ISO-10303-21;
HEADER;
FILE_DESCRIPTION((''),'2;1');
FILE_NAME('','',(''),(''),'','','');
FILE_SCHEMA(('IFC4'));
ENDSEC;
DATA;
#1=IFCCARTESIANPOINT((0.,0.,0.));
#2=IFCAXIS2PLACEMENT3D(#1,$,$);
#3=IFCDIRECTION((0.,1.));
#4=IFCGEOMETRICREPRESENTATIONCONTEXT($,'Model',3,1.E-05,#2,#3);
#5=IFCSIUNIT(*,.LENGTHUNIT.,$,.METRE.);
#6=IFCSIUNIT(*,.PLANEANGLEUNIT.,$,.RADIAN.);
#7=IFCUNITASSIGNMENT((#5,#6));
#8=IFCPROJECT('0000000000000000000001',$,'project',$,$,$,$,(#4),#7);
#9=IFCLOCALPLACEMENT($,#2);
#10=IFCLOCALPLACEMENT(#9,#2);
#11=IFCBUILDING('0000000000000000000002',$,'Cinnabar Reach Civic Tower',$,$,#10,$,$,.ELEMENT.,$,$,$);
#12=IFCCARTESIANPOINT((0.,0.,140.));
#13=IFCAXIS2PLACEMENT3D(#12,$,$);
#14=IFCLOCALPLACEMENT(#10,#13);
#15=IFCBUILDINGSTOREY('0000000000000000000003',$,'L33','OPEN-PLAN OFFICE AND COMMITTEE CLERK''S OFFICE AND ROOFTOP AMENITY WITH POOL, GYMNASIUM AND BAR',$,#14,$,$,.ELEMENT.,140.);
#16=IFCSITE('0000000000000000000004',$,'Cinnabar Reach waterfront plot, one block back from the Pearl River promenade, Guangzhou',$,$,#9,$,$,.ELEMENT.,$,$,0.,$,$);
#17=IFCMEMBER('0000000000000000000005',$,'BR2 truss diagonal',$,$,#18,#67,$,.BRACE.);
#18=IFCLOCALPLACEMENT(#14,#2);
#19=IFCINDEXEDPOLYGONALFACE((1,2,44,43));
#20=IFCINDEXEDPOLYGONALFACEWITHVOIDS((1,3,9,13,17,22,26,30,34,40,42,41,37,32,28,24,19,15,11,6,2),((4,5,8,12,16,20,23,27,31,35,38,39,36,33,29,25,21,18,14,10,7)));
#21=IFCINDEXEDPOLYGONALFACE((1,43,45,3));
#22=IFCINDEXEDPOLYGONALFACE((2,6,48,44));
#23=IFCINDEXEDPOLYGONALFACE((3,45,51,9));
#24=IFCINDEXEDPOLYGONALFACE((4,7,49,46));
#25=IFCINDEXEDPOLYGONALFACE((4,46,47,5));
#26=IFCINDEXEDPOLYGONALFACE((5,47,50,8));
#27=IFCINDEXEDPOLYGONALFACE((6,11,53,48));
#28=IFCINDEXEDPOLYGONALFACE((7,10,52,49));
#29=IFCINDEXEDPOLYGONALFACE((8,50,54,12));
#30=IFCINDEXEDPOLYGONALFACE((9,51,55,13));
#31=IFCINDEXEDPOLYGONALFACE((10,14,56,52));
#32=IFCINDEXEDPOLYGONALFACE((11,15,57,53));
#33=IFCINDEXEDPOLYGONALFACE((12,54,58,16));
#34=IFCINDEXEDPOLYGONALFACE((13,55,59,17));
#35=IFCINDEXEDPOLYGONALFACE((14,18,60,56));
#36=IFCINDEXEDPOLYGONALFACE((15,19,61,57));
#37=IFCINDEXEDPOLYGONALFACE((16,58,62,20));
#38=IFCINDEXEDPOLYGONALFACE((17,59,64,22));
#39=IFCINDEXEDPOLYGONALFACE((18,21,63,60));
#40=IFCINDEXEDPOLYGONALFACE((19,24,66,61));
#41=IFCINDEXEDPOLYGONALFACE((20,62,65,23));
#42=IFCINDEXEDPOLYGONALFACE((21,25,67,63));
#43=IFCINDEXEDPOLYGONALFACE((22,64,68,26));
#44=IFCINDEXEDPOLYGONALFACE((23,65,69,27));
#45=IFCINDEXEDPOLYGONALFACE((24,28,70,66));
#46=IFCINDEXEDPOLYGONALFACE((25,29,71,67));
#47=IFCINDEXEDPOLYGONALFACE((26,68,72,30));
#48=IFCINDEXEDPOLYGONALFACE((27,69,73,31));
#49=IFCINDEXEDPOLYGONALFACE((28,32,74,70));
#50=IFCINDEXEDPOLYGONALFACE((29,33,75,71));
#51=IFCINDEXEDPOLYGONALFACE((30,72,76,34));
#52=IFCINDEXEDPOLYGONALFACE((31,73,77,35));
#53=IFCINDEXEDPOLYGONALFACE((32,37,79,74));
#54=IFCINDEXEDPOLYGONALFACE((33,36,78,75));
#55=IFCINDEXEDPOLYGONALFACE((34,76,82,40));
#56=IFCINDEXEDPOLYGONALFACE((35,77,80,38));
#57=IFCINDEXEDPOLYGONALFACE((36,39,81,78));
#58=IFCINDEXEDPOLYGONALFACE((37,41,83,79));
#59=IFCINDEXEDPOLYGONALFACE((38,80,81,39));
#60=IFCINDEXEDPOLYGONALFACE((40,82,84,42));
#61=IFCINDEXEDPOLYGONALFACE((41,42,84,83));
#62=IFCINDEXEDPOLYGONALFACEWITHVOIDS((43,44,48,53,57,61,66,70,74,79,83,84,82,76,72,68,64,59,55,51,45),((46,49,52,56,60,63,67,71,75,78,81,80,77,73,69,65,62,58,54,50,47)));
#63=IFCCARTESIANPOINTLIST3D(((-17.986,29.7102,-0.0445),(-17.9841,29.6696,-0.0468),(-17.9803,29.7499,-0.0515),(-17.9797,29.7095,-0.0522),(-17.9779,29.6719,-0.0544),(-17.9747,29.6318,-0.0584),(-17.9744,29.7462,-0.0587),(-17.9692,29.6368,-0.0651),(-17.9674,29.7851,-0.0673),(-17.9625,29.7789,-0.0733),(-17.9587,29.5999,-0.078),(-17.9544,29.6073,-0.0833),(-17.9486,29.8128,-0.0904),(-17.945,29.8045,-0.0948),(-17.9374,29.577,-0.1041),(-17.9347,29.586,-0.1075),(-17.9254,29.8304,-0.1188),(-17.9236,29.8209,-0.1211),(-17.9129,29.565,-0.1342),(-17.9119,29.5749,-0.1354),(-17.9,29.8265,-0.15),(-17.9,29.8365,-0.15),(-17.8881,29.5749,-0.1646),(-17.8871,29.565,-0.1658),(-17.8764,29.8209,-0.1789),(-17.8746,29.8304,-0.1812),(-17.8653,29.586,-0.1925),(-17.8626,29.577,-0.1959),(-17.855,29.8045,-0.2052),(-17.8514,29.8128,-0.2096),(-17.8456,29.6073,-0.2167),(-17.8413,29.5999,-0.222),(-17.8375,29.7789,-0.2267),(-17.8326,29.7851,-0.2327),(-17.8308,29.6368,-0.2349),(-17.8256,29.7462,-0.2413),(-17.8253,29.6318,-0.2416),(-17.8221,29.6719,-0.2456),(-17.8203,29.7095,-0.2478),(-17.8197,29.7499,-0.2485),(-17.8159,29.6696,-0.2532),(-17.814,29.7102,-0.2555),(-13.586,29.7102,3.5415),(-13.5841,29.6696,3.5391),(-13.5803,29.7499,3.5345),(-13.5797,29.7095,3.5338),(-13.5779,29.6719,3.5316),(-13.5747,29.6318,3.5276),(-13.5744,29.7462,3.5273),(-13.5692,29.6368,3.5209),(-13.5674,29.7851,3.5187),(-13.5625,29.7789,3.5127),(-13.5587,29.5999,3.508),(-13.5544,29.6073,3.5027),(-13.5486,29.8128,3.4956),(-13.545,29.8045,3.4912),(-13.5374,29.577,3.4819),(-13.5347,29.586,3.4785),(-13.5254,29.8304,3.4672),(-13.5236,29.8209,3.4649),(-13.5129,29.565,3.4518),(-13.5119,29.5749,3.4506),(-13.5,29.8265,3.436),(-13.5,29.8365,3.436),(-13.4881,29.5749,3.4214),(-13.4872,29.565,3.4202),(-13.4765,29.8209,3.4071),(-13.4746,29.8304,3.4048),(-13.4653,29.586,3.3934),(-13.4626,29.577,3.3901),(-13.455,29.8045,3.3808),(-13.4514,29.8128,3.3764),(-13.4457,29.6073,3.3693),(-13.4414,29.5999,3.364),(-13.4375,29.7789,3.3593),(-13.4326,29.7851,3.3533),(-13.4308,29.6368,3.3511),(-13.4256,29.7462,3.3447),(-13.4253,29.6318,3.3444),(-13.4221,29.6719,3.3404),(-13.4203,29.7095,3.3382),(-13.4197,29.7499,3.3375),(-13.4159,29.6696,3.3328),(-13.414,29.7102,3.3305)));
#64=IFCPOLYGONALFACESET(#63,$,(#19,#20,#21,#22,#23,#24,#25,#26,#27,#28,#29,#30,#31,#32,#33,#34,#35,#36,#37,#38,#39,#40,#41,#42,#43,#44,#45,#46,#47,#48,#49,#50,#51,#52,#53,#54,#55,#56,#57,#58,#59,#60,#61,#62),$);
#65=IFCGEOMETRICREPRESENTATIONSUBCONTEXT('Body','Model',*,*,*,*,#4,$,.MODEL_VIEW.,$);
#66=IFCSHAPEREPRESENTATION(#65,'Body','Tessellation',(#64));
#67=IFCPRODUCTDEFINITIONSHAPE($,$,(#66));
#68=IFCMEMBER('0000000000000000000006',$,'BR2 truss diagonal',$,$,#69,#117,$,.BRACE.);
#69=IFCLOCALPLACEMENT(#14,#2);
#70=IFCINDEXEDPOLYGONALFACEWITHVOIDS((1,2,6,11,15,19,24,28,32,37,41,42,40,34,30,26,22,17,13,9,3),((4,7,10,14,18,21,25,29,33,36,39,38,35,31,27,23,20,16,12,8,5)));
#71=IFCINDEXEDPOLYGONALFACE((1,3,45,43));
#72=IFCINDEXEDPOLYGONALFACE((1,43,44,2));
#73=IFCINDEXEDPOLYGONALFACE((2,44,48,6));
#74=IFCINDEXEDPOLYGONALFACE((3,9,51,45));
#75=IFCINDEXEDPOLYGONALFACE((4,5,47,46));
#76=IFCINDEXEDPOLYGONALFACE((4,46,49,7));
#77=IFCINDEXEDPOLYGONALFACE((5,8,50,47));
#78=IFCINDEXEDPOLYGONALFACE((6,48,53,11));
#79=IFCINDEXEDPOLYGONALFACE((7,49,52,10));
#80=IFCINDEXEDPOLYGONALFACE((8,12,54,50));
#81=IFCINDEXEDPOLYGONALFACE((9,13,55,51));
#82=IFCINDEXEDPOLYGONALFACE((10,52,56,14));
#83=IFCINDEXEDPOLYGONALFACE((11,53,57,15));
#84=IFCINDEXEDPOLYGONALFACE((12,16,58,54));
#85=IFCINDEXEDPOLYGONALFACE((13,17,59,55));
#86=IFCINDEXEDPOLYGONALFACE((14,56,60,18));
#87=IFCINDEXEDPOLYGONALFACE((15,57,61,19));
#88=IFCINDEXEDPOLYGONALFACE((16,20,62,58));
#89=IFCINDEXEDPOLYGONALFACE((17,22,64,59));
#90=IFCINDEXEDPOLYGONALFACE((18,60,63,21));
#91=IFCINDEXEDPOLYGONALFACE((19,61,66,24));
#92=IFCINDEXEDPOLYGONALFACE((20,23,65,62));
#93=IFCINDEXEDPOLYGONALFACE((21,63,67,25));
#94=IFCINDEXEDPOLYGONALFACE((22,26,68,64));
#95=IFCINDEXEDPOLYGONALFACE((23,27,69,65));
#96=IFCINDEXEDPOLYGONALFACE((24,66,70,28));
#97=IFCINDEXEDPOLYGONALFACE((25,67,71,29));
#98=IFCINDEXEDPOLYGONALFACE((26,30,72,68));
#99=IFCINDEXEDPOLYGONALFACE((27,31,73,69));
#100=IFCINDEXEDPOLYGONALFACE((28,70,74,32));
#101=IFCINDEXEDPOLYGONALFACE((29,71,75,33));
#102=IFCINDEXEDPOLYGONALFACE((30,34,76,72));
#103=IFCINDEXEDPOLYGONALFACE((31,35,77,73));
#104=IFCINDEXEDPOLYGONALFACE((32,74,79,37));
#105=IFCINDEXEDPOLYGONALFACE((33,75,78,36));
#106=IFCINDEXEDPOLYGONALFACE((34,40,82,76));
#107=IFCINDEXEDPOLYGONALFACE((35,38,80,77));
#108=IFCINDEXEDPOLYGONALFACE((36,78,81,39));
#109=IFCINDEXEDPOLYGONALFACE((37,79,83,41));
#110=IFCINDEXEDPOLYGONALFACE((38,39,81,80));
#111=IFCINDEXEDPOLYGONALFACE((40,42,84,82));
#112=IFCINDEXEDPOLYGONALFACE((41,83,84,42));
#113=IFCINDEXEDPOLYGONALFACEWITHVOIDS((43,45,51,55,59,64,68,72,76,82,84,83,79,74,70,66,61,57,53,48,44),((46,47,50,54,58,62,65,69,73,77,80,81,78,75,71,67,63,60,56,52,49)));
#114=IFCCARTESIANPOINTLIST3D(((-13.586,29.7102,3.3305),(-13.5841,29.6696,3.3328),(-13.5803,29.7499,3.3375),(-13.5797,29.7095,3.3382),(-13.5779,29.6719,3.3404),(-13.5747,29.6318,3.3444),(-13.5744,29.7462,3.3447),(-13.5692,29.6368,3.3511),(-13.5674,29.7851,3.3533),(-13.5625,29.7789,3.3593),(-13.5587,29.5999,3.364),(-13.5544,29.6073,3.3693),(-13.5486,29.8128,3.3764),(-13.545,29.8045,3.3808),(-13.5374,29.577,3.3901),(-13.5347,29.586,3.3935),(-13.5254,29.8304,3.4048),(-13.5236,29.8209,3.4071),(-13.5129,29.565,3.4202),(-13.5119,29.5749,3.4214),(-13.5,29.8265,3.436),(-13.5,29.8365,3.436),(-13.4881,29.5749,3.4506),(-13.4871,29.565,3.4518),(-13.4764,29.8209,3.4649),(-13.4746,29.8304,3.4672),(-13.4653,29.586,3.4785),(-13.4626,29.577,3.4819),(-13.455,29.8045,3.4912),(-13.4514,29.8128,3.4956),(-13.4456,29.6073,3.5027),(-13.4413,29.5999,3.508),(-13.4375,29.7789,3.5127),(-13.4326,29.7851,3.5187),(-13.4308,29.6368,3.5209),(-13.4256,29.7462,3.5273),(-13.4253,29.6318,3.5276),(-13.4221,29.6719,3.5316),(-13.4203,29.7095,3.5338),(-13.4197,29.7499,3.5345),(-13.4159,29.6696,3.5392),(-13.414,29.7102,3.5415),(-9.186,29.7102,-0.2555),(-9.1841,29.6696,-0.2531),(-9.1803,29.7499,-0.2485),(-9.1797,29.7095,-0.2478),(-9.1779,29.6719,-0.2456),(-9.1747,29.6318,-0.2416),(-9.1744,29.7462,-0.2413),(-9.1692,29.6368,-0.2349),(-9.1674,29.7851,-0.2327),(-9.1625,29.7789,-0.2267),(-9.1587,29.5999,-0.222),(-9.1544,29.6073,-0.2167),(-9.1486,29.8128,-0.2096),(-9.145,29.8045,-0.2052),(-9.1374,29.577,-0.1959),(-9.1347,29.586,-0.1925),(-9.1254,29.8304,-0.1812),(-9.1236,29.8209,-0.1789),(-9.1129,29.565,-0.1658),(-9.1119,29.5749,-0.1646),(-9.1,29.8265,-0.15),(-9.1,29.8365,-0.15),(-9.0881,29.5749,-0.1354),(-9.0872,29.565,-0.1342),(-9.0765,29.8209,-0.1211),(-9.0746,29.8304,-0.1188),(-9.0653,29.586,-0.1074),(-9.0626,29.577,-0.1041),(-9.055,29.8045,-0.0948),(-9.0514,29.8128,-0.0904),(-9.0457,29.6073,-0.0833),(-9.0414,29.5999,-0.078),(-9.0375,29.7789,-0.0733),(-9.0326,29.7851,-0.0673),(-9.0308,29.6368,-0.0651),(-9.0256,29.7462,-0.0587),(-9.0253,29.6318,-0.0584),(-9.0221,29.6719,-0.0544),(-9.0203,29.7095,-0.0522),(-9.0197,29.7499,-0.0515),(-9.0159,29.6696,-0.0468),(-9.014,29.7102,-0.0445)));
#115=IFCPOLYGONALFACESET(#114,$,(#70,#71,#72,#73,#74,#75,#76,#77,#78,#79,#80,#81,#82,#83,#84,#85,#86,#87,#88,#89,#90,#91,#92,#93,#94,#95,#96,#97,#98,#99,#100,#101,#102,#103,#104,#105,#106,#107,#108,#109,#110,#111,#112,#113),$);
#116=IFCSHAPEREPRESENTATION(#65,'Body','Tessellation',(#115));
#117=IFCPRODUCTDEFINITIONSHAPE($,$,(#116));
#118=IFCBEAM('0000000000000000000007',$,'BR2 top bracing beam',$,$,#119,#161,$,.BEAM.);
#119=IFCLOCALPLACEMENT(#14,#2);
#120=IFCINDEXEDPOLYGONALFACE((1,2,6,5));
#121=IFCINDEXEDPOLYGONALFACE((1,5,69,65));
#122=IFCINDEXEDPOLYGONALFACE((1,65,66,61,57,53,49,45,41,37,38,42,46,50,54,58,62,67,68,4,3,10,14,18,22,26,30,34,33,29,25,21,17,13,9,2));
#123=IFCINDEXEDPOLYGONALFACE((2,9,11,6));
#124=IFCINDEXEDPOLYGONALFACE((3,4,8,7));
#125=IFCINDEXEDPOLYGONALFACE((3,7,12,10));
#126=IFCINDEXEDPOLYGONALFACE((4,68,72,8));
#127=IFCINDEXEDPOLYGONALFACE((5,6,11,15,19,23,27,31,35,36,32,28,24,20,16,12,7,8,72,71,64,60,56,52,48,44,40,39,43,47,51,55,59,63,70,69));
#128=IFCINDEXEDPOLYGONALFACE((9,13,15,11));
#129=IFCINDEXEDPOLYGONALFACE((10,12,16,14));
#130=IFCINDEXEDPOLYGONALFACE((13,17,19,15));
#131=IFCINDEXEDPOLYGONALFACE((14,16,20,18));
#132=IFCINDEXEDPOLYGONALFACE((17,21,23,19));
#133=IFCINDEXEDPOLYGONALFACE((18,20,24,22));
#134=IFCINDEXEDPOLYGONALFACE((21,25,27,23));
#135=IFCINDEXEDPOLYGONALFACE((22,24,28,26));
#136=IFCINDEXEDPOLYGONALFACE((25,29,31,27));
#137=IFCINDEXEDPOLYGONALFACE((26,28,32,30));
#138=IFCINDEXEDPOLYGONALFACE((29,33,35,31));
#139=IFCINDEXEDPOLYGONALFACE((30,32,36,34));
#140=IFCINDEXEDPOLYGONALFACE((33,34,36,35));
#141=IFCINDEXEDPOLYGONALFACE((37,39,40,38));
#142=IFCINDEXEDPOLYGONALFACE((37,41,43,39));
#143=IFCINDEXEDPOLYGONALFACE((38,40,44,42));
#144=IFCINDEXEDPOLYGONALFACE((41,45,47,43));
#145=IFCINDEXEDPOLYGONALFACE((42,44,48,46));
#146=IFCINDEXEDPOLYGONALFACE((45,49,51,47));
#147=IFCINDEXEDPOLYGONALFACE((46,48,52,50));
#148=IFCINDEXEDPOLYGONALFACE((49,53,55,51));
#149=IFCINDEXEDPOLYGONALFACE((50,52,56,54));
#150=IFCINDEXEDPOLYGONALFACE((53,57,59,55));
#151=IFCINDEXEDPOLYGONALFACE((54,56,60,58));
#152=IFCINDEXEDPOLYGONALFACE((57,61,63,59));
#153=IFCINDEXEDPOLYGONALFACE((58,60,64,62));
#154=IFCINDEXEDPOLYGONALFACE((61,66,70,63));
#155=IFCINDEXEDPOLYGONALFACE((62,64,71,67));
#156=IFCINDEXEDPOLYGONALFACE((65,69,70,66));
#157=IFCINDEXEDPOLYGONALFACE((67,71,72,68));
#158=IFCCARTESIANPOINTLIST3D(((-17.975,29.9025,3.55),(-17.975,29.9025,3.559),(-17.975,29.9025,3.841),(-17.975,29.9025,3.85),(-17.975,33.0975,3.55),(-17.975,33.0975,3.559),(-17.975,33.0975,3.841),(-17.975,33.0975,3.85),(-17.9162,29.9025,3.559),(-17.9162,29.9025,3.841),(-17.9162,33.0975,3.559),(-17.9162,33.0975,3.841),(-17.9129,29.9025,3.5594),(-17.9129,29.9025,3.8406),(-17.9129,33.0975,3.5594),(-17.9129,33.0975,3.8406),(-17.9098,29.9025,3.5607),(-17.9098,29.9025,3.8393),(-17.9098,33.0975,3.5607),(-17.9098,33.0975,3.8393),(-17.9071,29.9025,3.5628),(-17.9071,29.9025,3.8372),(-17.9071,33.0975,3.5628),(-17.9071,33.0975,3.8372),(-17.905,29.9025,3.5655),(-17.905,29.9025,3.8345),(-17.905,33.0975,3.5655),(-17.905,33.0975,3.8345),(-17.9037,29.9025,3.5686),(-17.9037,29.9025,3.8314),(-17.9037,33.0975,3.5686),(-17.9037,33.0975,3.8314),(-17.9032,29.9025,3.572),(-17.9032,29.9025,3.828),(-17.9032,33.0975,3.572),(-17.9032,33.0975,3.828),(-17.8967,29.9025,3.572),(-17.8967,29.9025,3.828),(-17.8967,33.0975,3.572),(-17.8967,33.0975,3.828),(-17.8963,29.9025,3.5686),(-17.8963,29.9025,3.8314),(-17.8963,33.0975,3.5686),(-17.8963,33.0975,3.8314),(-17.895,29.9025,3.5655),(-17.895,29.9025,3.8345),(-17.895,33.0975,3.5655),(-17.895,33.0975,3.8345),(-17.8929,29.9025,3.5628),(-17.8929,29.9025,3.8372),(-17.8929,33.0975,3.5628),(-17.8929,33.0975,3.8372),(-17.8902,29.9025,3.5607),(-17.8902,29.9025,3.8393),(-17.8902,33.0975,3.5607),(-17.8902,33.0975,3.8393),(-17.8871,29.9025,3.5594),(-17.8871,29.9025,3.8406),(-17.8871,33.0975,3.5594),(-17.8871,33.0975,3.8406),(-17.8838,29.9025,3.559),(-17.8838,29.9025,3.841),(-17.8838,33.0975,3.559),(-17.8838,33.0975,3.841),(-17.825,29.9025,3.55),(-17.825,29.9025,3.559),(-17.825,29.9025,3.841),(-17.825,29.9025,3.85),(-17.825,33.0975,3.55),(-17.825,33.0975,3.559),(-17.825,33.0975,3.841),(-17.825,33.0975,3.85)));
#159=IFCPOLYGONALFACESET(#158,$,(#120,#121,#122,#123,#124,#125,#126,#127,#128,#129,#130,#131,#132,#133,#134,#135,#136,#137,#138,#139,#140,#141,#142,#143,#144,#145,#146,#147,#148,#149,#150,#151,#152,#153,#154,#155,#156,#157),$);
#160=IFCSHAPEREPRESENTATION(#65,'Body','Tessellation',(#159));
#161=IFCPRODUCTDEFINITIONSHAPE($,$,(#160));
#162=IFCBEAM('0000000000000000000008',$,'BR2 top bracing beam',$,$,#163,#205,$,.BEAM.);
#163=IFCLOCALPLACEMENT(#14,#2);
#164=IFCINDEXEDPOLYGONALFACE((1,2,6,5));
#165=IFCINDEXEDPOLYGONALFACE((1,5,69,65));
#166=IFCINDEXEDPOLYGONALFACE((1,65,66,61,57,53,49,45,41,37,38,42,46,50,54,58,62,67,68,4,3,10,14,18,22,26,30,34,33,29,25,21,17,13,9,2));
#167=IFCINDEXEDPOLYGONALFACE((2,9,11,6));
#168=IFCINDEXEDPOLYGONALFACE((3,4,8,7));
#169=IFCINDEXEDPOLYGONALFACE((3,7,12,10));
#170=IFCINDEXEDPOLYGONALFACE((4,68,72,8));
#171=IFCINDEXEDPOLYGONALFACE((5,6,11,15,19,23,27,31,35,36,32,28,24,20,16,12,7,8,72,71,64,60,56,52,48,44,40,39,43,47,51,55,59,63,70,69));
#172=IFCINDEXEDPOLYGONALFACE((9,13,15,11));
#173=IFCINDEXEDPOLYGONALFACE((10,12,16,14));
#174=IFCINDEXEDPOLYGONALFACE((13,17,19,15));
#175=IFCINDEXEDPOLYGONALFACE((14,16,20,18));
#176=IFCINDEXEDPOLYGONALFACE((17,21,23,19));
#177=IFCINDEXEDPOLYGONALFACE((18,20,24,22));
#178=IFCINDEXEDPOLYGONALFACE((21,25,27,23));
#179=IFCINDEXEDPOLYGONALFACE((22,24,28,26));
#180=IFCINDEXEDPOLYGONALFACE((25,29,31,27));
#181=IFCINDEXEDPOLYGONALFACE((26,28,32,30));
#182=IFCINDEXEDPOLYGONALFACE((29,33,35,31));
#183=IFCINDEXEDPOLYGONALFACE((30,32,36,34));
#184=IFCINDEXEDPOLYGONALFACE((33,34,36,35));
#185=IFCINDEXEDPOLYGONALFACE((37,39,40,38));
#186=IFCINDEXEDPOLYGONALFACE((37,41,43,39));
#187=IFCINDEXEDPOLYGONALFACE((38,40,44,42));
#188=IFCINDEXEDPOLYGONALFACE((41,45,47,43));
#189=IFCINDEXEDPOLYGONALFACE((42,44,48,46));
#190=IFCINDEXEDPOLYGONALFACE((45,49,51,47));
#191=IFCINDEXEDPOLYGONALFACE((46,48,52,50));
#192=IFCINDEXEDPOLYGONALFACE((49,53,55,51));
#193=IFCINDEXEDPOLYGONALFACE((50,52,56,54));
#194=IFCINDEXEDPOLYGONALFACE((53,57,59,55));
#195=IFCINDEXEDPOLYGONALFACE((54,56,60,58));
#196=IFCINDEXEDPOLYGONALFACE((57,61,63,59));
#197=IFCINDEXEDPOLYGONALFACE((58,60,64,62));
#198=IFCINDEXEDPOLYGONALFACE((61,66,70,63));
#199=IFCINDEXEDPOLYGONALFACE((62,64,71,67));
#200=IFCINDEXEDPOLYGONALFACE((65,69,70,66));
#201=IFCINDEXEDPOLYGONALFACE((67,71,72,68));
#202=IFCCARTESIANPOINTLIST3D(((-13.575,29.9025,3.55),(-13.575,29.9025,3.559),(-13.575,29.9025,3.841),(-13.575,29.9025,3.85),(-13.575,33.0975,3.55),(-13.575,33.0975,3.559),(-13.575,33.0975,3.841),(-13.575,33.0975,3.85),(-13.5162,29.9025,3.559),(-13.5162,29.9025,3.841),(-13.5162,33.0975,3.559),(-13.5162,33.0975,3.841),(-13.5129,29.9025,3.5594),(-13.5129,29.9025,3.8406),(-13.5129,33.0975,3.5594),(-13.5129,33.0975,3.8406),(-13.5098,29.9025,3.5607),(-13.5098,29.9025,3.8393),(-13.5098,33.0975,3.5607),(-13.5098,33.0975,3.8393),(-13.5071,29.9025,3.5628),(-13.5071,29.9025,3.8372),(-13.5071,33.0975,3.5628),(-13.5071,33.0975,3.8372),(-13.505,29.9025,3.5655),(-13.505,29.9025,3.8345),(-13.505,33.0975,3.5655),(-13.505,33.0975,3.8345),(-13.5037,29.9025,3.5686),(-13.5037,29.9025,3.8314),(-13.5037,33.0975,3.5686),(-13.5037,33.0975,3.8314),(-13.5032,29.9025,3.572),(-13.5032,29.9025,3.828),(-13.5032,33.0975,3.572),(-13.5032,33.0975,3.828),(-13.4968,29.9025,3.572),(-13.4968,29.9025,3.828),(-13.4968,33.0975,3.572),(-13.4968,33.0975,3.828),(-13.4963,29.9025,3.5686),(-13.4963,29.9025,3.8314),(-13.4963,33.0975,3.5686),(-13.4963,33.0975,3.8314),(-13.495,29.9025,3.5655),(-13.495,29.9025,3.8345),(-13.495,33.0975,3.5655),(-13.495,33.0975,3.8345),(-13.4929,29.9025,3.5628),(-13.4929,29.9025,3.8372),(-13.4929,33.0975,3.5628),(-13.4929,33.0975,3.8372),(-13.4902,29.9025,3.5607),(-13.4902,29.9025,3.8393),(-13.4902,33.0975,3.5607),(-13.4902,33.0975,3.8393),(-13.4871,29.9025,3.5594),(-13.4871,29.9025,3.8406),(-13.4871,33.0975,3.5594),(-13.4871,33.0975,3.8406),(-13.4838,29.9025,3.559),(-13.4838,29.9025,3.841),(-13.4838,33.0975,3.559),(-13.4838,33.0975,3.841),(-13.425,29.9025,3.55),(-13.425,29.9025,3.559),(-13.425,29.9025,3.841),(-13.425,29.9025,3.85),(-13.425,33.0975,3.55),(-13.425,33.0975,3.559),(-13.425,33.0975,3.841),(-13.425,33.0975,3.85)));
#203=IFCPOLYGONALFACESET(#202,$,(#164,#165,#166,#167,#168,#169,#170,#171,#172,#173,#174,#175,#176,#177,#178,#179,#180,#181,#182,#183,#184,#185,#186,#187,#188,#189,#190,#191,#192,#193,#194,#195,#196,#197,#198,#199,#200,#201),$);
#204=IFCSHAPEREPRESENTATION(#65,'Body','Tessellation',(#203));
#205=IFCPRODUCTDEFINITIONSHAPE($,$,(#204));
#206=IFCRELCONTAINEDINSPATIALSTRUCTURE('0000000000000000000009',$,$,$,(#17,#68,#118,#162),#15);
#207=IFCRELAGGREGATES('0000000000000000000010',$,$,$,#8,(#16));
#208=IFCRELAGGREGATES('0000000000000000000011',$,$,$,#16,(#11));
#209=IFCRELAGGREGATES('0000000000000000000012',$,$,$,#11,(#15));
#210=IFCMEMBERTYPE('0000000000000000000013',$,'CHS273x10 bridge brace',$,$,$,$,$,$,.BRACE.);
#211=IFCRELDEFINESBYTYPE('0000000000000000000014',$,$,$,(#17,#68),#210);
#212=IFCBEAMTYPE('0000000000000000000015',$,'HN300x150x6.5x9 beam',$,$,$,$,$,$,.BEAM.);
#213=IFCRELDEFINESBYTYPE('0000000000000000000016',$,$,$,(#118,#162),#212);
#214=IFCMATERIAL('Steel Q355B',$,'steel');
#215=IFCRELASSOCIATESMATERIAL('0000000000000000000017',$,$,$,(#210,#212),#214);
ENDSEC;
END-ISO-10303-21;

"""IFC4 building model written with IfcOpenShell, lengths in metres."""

from ifc_helpers import new_model, si_unit, direction, frame, origin, origin_2d, place, context, subcontext, project, spatial, hollow_circle, i_section, extrude, material, material_profile, profile_set, type_object, element, save


model = new_model("IFC4")

# Units and contexts
model_context = context("Model", 3, precision=1e-05, world=origin(), true_north=direction((0.0, 1.0)))
body_context = subcontext(model_context, "Body", "Model", "MODEL_VIEW")
ifc_project = project(units=[si_unit("LENGTHUNIT", "METRE"), si_unit("PLANEANGLEUNIT", "RADIAN")], contexts=[model_context])

# Site, building, storey
site_placement = place(None, origin())
site = spatial("IfcSite", under=ifc_project, at=site_placement, Name="Cinnabar Reach waterfront plot, one block back from the Pearl River promenade, Guangzhou", CompositionType="ELEMENT", RefElevation=0.0)
building_placement = place(site_placement, origin())
building = spatial("IfcBuilding", under=site, at=building_placement, Name="Cinnabar Reach Civic Tower", CompositionType="ELEMENT")
storey_placement = place(building_placement, frame((0.0, 0.0, 140.0)))
storey = spatial("IfcBuildingStorey", under=building, at=storey_placement, Name="L33", Description="OPEN-PLAN OFFICE AND COMMITTEE CLERK'S OFFICE AND ROOFTOP AMENITY WITH POOL, GYMNASIUM AND BAR", CompositionType="ELEMENT", Elevation=140.0)

# Members
ifc_material_1 = material(Name="Steel Q355B", Category="steel")
ifc_material_profile_1 = material_profile(ifc_material_1, hollow_circle(Radius=0.1365, WallThickness=0.01, at=origin_2d()), Name="CHS273x10")
ifc_profile_set_1 = profile_set([ifc_material_profile_1], Name="Steel Q355B")
member_type_1 = type_object("IfcMemberType", Name="CHS273x10 bridge brace", PredefinedType="BRACE", material=ifc_profile_set_1)
for number, where, z_axis, x_axis, name in (
    (1, (-17.9, 29.7, -0.15), (0.775165, 0.0, 0.631759), (0.0, 1.0, 0.0), "BR2 truss diagonal"),
    (2, (-13.5, 29.7, 3.436), (0.775165, 0.0, -0.631759), (0.0, 1.0, 0.0), "BR2 truss diagonal"),
):
    element("IfcMember", number, at=place(storey_placement, frame(where, z_axis=z_axis, x_axis=x_axis)), inside=storey, type_object=member_type_1, Name=name, PredefinedType="BRACE", context=body_context, shape_type="SweptSolid", body=[
        extrude(hollow_circle(Radius=0.1365, WallThickness=0.01, at=origin_2d()), origin(), (0.0, 0.0, 1.0), 5.6762),
    ])

# Beams
ifc_material_profile_2 = material_profile(ifc_material_1, i_section(OverallWidth=0.15, OverallDepth=0.3, WebThickness=0.0065, FlangeThickness=0.009, FilletRadius=0.013, at=origin_2d()), Name="HN300x150x6.5x9")
ifc_profile_set_2 = profile_set([ifc_material_profile_2], Name="Steel Q355B")
beam_type_1 = type_object("IfcBeamType", Name="HN300x150x6.5x9 beam", PredefinedType="BEAM", material=ifc_profile_set_2)
for number, where, z_axis, x_axis, name in (
    (3, (-17.9, 29.9025, 3.7), (0.0, 1.0, 0.0), (-1.0, 0.0, 0.0), "BR2 top bracing beam"),
    (4, (-13.5, 29.9025, 3.7), (0.0, 1.0, 0.0), (-1.0, 0.0, 0.0), "BR2 top bracing beam"),
):
    element("IfcBeam", number, at=place(storey_placement, frame(where, z_axis=z_axis, x_axis=x_axis)), inside=storey, type_object=beam_type_1, Name=name, PredefinedType="BEAM", context=body_context, shape_type="SweptSolid", body=[
        extrude(i_section(OverallWidth=0.15, OverallDepth=0.3, WebThickness=0.0065, FlangeThickness=0.009, FilletRadius=0.013, at=origin_2d()), origin(), (0.0, 0.0, 1.0), 3.195),
    ])

save(model, "model.ifc")
